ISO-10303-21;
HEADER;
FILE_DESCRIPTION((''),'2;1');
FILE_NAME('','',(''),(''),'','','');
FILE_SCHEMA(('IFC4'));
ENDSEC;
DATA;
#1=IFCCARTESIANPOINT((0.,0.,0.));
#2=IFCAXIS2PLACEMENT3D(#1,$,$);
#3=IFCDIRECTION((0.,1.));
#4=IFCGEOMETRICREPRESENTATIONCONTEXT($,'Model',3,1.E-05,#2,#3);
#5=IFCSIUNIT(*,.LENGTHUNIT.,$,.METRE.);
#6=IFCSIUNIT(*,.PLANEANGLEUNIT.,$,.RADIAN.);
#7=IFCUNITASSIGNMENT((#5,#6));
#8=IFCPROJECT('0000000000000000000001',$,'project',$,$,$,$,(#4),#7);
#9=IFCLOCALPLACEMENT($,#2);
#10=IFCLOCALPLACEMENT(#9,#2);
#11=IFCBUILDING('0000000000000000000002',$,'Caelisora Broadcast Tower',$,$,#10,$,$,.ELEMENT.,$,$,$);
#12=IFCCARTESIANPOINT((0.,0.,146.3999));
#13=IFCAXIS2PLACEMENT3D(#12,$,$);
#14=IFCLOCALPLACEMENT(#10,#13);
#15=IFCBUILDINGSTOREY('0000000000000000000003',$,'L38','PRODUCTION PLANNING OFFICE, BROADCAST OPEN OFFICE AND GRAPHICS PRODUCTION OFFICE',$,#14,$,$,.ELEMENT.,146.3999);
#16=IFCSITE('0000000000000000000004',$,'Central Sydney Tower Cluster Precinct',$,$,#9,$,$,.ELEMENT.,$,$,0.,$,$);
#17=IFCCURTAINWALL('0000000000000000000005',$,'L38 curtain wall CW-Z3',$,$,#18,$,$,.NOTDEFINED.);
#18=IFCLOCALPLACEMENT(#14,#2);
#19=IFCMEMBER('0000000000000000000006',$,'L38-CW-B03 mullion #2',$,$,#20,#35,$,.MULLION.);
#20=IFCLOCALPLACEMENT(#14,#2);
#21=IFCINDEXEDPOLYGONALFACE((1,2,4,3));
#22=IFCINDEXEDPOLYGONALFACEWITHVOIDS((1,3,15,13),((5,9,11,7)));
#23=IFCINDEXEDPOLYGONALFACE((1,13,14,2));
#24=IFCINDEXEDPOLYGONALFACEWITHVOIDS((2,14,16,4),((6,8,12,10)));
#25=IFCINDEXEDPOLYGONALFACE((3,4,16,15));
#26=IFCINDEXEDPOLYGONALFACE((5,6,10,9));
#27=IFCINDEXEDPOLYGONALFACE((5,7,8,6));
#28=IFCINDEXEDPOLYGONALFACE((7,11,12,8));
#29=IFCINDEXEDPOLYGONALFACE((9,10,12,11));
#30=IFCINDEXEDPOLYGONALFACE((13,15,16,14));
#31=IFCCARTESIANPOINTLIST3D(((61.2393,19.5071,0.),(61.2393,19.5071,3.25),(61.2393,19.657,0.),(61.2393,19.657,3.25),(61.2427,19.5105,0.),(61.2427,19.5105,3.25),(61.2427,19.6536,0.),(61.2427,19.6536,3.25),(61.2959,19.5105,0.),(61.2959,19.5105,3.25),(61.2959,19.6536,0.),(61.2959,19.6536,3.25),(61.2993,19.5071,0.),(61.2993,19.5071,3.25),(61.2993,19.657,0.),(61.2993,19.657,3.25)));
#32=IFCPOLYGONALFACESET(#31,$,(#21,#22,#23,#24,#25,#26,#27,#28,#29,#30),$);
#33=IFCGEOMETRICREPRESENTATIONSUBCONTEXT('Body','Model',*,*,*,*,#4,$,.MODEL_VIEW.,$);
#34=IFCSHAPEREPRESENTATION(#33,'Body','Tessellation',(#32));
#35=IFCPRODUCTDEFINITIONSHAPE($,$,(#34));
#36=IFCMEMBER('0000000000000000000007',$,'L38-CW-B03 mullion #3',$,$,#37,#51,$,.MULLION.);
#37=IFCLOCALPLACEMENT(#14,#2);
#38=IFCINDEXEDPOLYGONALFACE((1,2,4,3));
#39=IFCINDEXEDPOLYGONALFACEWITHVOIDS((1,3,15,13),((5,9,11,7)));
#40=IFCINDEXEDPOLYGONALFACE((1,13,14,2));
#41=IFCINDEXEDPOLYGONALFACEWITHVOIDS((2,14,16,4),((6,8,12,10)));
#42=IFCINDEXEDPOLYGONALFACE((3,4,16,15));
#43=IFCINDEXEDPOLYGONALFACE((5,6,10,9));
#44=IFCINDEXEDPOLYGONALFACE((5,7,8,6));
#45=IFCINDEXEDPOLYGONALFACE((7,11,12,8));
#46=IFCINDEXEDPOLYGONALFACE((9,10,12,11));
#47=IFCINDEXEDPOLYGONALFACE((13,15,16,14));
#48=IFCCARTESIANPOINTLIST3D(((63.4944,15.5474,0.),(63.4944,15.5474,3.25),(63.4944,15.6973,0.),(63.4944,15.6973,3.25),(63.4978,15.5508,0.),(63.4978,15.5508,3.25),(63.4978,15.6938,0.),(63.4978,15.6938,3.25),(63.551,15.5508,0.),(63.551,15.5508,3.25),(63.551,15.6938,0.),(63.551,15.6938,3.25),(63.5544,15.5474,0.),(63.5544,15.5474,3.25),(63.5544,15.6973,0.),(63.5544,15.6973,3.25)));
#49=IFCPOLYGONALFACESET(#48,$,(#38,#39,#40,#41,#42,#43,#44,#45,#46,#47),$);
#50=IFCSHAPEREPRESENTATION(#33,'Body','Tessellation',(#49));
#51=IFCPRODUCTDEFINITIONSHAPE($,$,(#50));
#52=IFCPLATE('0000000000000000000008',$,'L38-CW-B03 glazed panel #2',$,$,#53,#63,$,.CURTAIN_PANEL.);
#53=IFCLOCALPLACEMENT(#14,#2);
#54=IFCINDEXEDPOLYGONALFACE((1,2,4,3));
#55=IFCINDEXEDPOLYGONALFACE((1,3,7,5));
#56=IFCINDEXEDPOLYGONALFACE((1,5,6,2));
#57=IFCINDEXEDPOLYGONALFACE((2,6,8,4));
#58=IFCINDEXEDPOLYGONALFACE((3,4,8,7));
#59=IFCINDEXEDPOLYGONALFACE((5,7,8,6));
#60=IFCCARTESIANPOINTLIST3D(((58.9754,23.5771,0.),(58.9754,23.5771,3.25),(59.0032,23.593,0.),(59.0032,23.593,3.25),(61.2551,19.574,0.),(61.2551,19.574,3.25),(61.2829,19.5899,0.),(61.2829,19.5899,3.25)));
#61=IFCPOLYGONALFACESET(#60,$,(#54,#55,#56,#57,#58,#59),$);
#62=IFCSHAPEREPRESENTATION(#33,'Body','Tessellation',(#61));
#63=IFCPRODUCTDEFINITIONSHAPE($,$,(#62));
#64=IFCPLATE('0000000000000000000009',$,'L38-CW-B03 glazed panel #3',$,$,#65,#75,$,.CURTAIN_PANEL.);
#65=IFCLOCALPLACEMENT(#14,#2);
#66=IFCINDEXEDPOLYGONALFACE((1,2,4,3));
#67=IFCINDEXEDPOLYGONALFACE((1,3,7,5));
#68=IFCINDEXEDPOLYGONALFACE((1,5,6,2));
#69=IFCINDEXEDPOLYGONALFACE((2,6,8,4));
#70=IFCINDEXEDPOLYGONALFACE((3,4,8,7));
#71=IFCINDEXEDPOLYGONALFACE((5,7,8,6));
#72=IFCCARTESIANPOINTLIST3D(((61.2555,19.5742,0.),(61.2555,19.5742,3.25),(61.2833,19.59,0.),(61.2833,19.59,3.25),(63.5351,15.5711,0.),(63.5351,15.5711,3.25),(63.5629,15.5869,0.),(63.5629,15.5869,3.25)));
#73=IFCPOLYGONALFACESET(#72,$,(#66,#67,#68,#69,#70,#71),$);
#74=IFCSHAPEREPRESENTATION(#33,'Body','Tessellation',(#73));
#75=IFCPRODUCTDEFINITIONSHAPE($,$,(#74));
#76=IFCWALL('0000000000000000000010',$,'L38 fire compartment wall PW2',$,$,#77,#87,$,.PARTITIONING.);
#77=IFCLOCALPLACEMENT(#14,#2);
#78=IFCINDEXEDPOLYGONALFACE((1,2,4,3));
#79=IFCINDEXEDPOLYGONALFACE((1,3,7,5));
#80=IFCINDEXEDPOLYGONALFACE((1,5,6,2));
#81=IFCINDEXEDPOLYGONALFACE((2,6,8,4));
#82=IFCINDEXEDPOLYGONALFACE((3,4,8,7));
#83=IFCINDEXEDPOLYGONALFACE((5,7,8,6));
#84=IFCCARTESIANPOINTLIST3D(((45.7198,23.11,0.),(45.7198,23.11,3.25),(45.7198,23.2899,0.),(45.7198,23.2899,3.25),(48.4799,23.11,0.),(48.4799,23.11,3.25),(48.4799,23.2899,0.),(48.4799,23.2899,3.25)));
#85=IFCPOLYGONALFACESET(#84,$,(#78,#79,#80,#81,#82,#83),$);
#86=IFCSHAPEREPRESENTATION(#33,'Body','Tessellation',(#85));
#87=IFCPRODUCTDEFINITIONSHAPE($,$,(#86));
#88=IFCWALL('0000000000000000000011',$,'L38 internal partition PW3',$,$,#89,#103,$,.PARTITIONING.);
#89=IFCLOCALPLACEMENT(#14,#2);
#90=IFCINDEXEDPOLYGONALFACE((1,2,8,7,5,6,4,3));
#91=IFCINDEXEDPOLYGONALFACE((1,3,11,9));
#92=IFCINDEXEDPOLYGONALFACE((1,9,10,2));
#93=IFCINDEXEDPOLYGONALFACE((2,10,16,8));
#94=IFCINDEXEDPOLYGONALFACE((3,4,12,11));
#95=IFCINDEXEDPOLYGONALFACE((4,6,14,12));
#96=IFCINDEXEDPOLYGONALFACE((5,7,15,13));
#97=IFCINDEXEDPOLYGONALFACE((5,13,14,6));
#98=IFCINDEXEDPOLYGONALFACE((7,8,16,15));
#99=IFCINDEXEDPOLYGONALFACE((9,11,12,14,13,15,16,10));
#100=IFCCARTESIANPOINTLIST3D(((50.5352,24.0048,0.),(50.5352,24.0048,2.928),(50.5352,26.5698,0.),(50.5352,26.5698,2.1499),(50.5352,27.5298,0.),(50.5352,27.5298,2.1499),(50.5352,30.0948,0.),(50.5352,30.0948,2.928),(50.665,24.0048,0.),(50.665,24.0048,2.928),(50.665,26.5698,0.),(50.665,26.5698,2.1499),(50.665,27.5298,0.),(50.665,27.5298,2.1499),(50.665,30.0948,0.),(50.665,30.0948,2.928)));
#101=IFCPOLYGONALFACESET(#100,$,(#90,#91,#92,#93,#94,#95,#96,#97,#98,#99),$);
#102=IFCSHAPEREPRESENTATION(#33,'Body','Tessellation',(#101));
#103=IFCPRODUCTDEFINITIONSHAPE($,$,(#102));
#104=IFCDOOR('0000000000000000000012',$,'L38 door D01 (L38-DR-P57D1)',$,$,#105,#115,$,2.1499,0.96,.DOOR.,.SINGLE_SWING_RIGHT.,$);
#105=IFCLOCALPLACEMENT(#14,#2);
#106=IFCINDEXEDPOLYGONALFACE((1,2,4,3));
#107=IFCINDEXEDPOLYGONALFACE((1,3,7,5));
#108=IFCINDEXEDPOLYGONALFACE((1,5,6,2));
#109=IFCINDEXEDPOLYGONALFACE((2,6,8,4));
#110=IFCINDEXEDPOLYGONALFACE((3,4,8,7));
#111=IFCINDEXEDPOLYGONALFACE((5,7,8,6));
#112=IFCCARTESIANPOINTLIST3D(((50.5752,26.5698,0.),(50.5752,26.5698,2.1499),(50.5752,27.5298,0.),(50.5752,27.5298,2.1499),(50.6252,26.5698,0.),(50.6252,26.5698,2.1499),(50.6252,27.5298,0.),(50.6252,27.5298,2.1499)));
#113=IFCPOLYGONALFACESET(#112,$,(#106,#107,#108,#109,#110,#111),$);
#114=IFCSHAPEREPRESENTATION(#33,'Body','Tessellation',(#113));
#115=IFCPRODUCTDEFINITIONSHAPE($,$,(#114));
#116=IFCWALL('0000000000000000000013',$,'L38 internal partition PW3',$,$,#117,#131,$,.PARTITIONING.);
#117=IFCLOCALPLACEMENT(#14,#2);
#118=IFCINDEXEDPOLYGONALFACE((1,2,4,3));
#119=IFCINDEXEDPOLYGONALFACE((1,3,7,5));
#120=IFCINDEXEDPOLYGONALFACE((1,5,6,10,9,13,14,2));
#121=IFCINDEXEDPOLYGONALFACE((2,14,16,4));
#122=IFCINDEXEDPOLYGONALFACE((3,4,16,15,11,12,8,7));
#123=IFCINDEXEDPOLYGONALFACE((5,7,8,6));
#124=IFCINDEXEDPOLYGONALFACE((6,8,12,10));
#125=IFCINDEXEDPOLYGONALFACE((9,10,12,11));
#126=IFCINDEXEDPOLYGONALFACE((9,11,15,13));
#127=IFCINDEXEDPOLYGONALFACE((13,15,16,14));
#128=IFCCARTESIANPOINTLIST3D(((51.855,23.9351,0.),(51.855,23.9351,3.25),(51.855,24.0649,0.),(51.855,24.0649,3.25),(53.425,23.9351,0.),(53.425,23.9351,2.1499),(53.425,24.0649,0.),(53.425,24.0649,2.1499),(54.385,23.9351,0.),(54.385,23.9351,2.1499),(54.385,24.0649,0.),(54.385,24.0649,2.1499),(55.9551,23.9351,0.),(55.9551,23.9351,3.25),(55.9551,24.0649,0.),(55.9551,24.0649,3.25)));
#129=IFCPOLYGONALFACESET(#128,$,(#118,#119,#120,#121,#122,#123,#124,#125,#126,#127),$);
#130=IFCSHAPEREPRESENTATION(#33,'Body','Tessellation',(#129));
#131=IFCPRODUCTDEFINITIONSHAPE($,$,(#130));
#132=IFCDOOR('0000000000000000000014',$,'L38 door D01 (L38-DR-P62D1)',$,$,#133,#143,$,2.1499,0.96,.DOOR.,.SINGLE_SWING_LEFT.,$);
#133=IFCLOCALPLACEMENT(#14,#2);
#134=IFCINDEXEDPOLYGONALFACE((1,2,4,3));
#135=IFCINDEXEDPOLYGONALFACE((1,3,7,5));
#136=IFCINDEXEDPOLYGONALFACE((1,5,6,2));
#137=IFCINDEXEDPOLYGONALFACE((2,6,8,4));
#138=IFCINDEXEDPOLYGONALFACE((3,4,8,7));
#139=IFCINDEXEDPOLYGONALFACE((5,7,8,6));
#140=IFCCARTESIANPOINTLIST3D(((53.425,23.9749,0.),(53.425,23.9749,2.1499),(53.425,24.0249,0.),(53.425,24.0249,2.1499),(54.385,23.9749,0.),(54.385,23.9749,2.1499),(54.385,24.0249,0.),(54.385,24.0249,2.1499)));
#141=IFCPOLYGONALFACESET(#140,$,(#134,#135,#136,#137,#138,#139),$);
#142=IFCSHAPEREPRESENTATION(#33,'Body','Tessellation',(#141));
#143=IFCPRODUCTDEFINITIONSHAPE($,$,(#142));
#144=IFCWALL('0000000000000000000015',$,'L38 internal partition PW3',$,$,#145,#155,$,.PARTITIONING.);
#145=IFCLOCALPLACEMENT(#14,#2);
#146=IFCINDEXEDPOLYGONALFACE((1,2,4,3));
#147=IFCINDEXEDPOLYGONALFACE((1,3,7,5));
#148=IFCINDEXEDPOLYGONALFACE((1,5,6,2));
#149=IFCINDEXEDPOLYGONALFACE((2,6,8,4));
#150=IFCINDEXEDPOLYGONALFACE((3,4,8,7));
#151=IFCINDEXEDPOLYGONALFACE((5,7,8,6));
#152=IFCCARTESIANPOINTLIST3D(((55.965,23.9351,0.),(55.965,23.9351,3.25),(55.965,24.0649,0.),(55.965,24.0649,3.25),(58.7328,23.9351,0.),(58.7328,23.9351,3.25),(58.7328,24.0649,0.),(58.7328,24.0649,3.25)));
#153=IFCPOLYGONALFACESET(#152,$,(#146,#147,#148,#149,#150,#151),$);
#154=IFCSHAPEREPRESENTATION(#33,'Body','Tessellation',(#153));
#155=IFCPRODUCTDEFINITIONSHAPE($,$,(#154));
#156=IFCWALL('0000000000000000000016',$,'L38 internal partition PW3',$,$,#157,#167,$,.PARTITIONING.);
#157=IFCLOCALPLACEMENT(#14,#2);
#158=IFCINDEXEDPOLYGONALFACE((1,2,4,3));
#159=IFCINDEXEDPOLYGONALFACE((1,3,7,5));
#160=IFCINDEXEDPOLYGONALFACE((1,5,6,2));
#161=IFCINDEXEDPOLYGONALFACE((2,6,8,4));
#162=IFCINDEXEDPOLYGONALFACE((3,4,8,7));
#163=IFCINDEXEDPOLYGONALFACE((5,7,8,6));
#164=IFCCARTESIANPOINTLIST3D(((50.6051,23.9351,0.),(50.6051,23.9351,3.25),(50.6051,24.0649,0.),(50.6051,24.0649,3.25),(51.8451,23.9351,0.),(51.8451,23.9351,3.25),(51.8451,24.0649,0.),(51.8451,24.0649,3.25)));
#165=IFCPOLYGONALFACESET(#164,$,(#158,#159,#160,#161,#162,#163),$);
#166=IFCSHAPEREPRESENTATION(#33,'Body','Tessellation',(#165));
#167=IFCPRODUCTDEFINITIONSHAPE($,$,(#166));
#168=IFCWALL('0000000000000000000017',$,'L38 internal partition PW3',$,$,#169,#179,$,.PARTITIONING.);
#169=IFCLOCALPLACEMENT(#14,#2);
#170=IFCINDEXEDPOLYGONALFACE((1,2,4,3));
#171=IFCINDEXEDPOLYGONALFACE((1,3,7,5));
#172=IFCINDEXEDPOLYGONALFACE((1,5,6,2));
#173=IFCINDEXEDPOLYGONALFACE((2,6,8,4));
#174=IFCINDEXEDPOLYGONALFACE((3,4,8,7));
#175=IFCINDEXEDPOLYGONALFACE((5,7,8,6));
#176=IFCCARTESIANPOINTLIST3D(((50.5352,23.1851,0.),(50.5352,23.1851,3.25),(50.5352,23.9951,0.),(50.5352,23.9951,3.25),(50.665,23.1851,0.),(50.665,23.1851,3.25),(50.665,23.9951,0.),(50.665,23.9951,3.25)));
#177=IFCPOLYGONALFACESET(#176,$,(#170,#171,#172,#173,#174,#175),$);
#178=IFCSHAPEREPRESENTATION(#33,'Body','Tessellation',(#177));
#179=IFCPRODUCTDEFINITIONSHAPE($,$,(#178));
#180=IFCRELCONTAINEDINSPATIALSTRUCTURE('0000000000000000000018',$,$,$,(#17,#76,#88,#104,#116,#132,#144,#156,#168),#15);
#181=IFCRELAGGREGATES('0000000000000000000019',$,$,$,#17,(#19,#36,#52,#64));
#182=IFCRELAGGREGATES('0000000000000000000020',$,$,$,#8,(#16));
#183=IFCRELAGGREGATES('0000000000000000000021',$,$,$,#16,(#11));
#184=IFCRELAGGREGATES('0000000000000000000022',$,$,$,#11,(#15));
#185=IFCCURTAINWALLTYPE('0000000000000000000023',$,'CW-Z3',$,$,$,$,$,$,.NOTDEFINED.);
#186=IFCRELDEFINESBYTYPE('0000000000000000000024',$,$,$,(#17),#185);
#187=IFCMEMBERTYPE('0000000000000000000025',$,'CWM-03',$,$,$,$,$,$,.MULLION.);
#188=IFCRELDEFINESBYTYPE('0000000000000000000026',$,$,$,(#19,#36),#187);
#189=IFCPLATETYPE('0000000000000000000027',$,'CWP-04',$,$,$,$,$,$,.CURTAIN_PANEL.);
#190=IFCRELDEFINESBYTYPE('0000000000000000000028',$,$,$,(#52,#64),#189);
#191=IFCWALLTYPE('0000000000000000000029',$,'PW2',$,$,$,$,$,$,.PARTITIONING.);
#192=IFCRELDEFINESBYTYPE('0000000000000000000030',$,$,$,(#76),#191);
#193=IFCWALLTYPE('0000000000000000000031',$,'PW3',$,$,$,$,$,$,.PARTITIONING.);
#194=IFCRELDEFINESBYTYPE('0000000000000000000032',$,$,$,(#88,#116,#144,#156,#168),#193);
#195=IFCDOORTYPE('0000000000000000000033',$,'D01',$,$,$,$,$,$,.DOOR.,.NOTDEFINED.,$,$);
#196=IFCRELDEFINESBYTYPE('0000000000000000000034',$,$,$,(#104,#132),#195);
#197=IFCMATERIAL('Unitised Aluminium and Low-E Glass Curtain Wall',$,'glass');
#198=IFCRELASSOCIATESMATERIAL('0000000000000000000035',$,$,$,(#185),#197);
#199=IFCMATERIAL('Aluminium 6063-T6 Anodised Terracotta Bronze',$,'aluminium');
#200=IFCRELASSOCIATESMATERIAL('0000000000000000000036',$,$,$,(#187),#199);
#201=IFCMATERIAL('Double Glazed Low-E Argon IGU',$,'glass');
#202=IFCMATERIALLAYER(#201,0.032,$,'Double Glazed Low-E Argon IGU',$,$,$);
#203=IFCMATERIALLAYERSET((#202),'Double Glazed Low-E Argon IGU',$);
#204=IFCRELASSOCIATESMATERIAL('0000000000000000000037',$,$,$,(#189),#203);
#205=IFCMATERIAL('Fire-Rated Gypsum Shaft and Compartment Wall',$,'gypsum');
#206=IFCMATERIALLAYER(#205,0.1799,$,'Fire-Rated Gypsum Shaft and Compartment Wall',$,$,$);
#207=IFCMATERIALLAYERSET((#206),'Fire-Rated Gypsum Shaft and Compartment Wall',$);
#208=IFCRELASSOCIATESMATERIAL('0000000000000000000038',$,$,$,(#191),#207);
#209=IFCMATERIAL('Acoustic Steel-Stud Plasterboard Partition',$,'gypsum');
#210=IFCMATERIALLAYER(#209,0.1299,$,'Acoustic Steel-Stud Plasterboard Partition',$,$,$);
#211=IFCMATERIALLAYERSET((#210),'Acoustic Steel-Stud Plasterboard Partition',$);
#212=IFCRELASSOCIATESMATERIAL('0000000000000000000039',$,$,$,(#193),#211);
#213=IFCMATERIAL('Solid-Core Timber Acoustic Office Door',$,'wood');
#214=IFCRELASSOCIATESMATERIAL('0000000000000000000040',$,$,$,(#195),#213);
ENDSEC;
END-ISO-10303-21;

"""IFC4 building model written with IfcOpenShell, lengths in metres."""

from ifc_helpers import new_model, si_unit, direction, frame, frame_2d, origin, origin_2d, place, context, subcontext, project, spatial, rectangle, hollow_rectangle, extrude, source, transform, mapped, material, layer, layer_set, material_profile, profile_set, type_object, type_shapes, element, fill, aggregate, save


model = new_model("IFC4")

# Units and contexts
model_context = context("Model", 3, precision=1e-05, world=origin(), true_north=direction((0.0, 1.0)))
body_context = subcontext(model_context, "Body", "Model", "MODEL_VIEW")
ifc_project = project(units=[si_unit("LENGTHUNIT", "METRE"), si_unit("PLANEANGLEUNIT", "RADIAN")], contexts=[model_context])

# Site, building, storey
site_placement = place(None, origin())
site = spatial("IfcSite", under=ifc_project, at=site_placement, Name="Central Sydney Tower Cluster Precinct", CompositionType="ELEMENT", RefElevation=0.0)
building_placement = place(site_placement, origin())
building = spatial("IfcBuilding", under=site, at=building_placement, Name="Caelisora Broadcast Tower", CompositionType="ELEMENT")
storey_placement = place(building_placement, frame((0.0, 0.0, 146.3999)))
storey = spatial("IfcBuildingStorey", under=building, at=storey_placement, Name="L38", Description="PRODUCTION PLANNING OFFICE, BROADCAST OPEN OFFICE AND GRAPHICS PRODUCTION OFFICE", CompositionType="ELEMENT", Elevation=146.3999)

# Curtain wall, members, plates
ifc_material_1 = material(Name="Unitised Aluminium and Low-E Glass Curtain Wall", Category="glass")
curtain_wall_type = type_object("IfcCurtainWallType", Name="CW-Z3", PredefinedType="NOTDEFINED", material=ifc_material_1)
curtain_wall_placement = place(storey_placement, origin())
curtain_wall = element("IfcCurtainWall", 1, at=curtain_wall_placement, inside=storey, type_object=curtain_wall_type, Name="L38 curtain wall CW-Z3", PredefinedType="NOTDEFINED")
ifc_material_2 = material(Name="Aluminium 6063-T6 Anodised Terracotta Bronze", Category="aluminium")
ifc_material_profile_1 = material_profile(ifc_material_2, hollow_rectangle(XDim=0.0601, YDim=0.1499, WallThickness=0.0034, at=origin_2d()), Name="Aluminium 6063-T6 Anodised Terracotta Bronze")
ifc_profile_set_1 = profile_set([ifc_material_profile_1], Name="Aluminium 6063-T6 Anodised Terracotta Bronze")
member_type = type_object("IfcMemberType", Name="CWM-03", PredefinedType="MULLION", material=ifc_profile_set_1)
shared_shape_1 = source(origin(), body_context, "Body", "SweptSolid", [
    extrude(hollow_rectangle(XDim=0.0601, YDim=0.1499, WallThickness=0.0034, at=origin_2d()), origin(), (0.0, 0.0, 1.0), 3.25),
])
type_shapes(member_type, [shared_shape_1])
member_1_placement = place(storey_placement, frame((61.2693, 19.582, 0.0), z_axis=(0.0, 0.0, 1.0), x_axis=(1.0, 0.0, 0.0)))
member_1 = element("IfcMember", 2, at=member_1_placement, type_object=member_type, Name="L38-CW-B03 mullion #2", PredefinedType="MULLION", context=body_context, shape_type="MappedRepresentation", body=[
    mapped(shared_shape_1, transform((0.0, 0.0, 0.0), scale=1.0)),
])
member_2_placement = place(storey_placement, frame((63.5244, 15.6223, 0.0), z_axis=(0.0, 0.0, 1.0), x_axis=(1.0, 0.0, 0.0)))
member_2 = element("IfcMember", 3, at=member_2_placement, type_object=member_type, Name="L38-CW-B03 mullion #3", PredefinedType="MULLION", context=body_context, shape_type="MappedRepresentation", body=[
    mapped(shared_shape_1, transform((0.0, 0.0, 0.0), scale=1.0)),
])
ifc_material_3 = material(Name="Double Glazed Low-E Argon IGU", Category="glass")
ifc_layer_1 = layer(ifc_material_3, 0.032, Name="Double Glazed Low-E Argon IGU")
ifc_layer_set_1 = layer_set([ifc_layer_1], Name="Double Glazed Low-E Argon IGU")
plate_type = type_object("IfcPlateType", Name="CWP-04", PredefinedType="CURTAIN_PANEL", material=ifc_layer_set_1)
shared_shape_2 = source(origin(), body_context, "Body", "SweptSolid", [
    extrude(rectangle(XDim=4.6067, YDim=0.032, at=origin_2d()), origin(), (0.0, 0.0, 1.0), 3.25),
])
type_shapes(plate_type, [shared_shape_2])
plate_1_placement = place(storey_placement, frame((60.1292, 21.5835, 0.0), z_axis=(0.0, 0.0, 1.0), x_axis=(0.494852, -0.868977, 0.0)))
plate_1 = element("IfcPlate", 4, at=plate_1_placement, type_object=plate_type, Name="L38-CW-B03 glazed panel #2", PredefinedType="CURTAIN_PANEL", context=body_context, shape_type="MappedRepresentation", body=[
    mapped(shared_shape_2, transform((0.0, 0.0, 0.0), scale=1.0)),
])
plate_2_placement = place(storey_placement, frame((62.4092, 17.5806, 0.0), z_axis=(0.0, 0.0, 1.0), x_axis=(0.494852, -0.868977, 0.0)))
plate_2 = element("IfcPlate", 5, at=plate_2_placement, type_object=plate_type, Name="L38-CW-B03 glazed panel #3", PredefinedType="CURTAIN_PANEL", context=body_context, shape_type="MappedRepresentation", body=[
    mapped(shared_shape_2, transform((0.0, 0.0, 0.0), scale=1.0)),
])
aggregate(curtain_wall, [member_1, member_2, plate_1, plate_2])

# Shared definitions
ifc_material_4 = material(Name="Fire-Rated Gypsum Shaft and Compartment Wall", Category="gypsum")
ifc_layer_2 = layer(ifc_material_4, 0.1799, Name="Fire-Rated Gypsum Shaft and Compartment Wall")
ifc_layer_set_2 = layer_set([ifc_layer_2], Name="Fire-Rated Gypsum Shaft and Compartment Wall")
wall_type_1 = type_object("IfcWallType", Name="PW2", PredefinedType="PARTITIONING", material=ifc_layer_set_2)

# Wall
wall_1_placement = place(storey_placement, frame((45.72, 23.2, 0.0), z_axis=(0.0, 0.0, 1.0), x_axis=(1.0, 0.0, 0.0)))
element("IfcWall", 6, at=wall_1_placement, inside=storey, type_object=wall_type_1, Name="L38 fire compartment wall PW2", PredefinedType="PARTITIONING", context=body_context, shape_type="SweptSolid", body=[
    extrude(rectangle(XDim=2.76, YDim=0.1799, at=frame_2d((1.3799, 0.0))), origin(), (0.0, 0.0, 1.0), 3.25),
])

# Walls, openings, doors
ifc_material_5 = material(Name="Acoustic Steel-Stud Plasterboard Partition", Category="gypsum")
ifc_layer_3 = layer(ifc_material_5, 0.1299, Name="Acoustic Steel-Stud Plasterboard Partition")
ifc_layer_set_3 = layer_set([ifc_layer_3], Name="Acoustic Steel-Stud Plasterboard Partition")
wall_type_2 = type_object("IfcWallType", Name="PW3", PredefinedType="PARTITIONING", material=ifc_layer_set_3)
wall_2_placement = place(storey_placement, frame((50.6001, 24.0049, 0.0), z_axis=(0.0, 0.0, 1.0), x_axis=(0.0, 1.0, 0.0)))
wall_2 = element("IfcWall", 7, at=wall_2_placement, inside=storey, type_object=wall_type_2, Name="L38 internal partition PW3", PredefinedType="PARTITIONING", context=body_context, shape_type="SweptSolid", body=[
    extrude(rectangle(XDim=6.0901, YDim=0.1299, at=frame_2d((3.0449, 0.0))), origin(), (0.0, 0.0, 1.0), 2.928),
])
opening_1_placement = place(wall_2_placement, frame((2.5649, 0.0, 0.0)))
opening_1 = element("IfcOpeningElement", 8, at=opening_1_placement, cuts=wall_2, PredefinedType="OPENING", context=body_context, shape_type="SweptSolid", body=[
    extrude(rectangle(XDim=0.96, YDim=2.1499, at=frame_2d((0.48, 1.075))), frame((0.0, 0.0769, 0.0), z_axis=(0.0, -1.0, 0.0), x_axis=(1.0, 0.0, 0.0)), (0.0, 0.0, 1.0), 0.1538),
])
ifc_material_6 = material(Name="Solid-Core Timber Acoustic Office Door", Category="wood")
door_type_1 = type_object("IfcDoorType", Name="D01", OperationType="NOTDEFINED", PredefinedType="DOOR", material=ifc_material_6)
door_1_placement = place(opening_1_placement, origin())
door_1 = element("IfcDoor", 9, at=door_1_placement, inside=storey, type_object=door_type_1, Name="L38 door D01 (L38-DR-P57D1)", OperationType="SINGLE_SWING_RIGHT", OverallHeight=2.1499, OverallWidth=0.96, PredefinedType="DOOR", context=body_context, shape_type="SweptSolid", body=[
    extrude(rectangle(XDim=0.96, YDim=2.1499, at=frame_2d((0.48, 1.075))), frame((0.0, 0.0249, 0.0), z_axis=(0.0, -1.0, 0.0), x_axis=(1.0, 0.0, 0.0)), (0.0, 0.0, 1.0), 0.05),
])
fill(opening_1, door_1)
wall_3_placement = place(storey_placement, frame((51.855, 24.0, 0.0), z_axis=(0.0, 0.0, 1.0), x_axis=(1.0, 0.0, 0.0)))
wall_3 = element("IfcWall", 10, at=wall_3_placement, inside=storey, type_object=wall_type_2, Name="L38 internal partition PW3", PredefinedType="PARTITIONING", context=body_context, shape_type="SweptSolid", body=[
    extrude(rectangle(XDim=4.1001, YDim=0.1299, at=frame_2d((2.05, 0.0))), origin(), (0.0, 0.0, 1.0), 3.25),
])
opening_2_placement = place(wall_3_placement, frame((1.5701, 0.0, 0.0)))
opening_2 = element("IfcOpeningElement", 11, at=opening_2_placement, cuts=wall_3, PredefinedType="OPENING", context=body_context, shape_type="SweptSolid", body=[
    extrude(rectangle(XDim=0.96, YDim=2.1499, at=frame_2d((0.48, 1.075))), frame((0.0, 0.0769, 0.0), z_axis=(0.0, -1.0, 0.0), x_axis=(1.0, 0.0, 0.0)), (0.0, 0.0, 1.0), 0.1538),
])
door_2_placement = place(opening_2_placement, origin())
door_2 = element("IfcDoor", 12, at=door_2_placement, inside=storey, type_object=door_type_1, Name="L38 door D01 (L38-DR-P62D1)", OperationType="SINGLE_SWING_LEFT", OverallHeight=2.1499, OverallWidth=0.96, PredefinedType="DOOR", context=body_context, shape_type="SweptSolid", body=[
    extrude(rectangle(XDim=0.96, YDim=2.1499, at=frame_2d((0.48, 1.075))), frame((0.0, 0.0249, 0.0), z_axis=(0.0, -1.0, 0.0), x_axis=(1.0, 0.0, 0.0)), (0.0, 0.0, 1.0), 0.05),
])
fill(opening_2, door_2)

# Wall
wall_4_placement = place(storey_placement, frame((55.9651, 24.0, 0.0), z_axis=(0.0, 0.0, 1.0), x_axis=(1.0, 0.0, 0.0)))
element("IfcWall", 13, at=wall_4_placement, inside=storey, type_object=wall_type_2, Name="L38 internal partition PW3", PredefinedType="PARTITIONING", context=body_context, shape_type="SweptSolid", body=[
    extrude(rectangle(XDim=2.7678, YDim=0.1299, at=frame_2d((1.3838, 0.0))), origin(), (0.0, 0.0, 1.0), 3.25),
])

# Walls
wall_5_placement = place(storey_placement, frame((50.605, 24.0, 0.0), z_axis=(0.0, 0.0, 1.0), x_axis=(1.0, 0.0, 0.0)))
element("IfcWall", 14, at=wall_5_placement, inside=storey, type_object=wall_type_2, Name="L38 internal partition PW3", PredefinedType="PARTITIONING", context=body_context, shape_type="SweptSolid", body=[
    extrude(rectangle(XDim=1.24, YDim=0.1299, at=frame_2d((0.6201, 0.0))), origin(), (0.0, 0.0, 1.0), 3.25),
])
wall_6_placement = place(storey_placement, frame((50.6001, 23.1851, 0.0), z_axis=(0.0, 0.0, 1.0), x_axis=(0.0, 1.0, 0.0)))
element("IfcWall", 15, at=wall_6_placement, inside=storey, type_object=wall_type_2, Name="L38 internal partition PW3", PredefinedType="PARTITIONING", context=body_context, shape_type="SweptSolid", body=[
    extrude(rectangle(XDim=0.8101, YDim=0.1299, at=frame_2d((0.405, 0.0))), origin(), (0.0, 0.0, 1.0), 3.25),
])

save(model, "model.ifc")
